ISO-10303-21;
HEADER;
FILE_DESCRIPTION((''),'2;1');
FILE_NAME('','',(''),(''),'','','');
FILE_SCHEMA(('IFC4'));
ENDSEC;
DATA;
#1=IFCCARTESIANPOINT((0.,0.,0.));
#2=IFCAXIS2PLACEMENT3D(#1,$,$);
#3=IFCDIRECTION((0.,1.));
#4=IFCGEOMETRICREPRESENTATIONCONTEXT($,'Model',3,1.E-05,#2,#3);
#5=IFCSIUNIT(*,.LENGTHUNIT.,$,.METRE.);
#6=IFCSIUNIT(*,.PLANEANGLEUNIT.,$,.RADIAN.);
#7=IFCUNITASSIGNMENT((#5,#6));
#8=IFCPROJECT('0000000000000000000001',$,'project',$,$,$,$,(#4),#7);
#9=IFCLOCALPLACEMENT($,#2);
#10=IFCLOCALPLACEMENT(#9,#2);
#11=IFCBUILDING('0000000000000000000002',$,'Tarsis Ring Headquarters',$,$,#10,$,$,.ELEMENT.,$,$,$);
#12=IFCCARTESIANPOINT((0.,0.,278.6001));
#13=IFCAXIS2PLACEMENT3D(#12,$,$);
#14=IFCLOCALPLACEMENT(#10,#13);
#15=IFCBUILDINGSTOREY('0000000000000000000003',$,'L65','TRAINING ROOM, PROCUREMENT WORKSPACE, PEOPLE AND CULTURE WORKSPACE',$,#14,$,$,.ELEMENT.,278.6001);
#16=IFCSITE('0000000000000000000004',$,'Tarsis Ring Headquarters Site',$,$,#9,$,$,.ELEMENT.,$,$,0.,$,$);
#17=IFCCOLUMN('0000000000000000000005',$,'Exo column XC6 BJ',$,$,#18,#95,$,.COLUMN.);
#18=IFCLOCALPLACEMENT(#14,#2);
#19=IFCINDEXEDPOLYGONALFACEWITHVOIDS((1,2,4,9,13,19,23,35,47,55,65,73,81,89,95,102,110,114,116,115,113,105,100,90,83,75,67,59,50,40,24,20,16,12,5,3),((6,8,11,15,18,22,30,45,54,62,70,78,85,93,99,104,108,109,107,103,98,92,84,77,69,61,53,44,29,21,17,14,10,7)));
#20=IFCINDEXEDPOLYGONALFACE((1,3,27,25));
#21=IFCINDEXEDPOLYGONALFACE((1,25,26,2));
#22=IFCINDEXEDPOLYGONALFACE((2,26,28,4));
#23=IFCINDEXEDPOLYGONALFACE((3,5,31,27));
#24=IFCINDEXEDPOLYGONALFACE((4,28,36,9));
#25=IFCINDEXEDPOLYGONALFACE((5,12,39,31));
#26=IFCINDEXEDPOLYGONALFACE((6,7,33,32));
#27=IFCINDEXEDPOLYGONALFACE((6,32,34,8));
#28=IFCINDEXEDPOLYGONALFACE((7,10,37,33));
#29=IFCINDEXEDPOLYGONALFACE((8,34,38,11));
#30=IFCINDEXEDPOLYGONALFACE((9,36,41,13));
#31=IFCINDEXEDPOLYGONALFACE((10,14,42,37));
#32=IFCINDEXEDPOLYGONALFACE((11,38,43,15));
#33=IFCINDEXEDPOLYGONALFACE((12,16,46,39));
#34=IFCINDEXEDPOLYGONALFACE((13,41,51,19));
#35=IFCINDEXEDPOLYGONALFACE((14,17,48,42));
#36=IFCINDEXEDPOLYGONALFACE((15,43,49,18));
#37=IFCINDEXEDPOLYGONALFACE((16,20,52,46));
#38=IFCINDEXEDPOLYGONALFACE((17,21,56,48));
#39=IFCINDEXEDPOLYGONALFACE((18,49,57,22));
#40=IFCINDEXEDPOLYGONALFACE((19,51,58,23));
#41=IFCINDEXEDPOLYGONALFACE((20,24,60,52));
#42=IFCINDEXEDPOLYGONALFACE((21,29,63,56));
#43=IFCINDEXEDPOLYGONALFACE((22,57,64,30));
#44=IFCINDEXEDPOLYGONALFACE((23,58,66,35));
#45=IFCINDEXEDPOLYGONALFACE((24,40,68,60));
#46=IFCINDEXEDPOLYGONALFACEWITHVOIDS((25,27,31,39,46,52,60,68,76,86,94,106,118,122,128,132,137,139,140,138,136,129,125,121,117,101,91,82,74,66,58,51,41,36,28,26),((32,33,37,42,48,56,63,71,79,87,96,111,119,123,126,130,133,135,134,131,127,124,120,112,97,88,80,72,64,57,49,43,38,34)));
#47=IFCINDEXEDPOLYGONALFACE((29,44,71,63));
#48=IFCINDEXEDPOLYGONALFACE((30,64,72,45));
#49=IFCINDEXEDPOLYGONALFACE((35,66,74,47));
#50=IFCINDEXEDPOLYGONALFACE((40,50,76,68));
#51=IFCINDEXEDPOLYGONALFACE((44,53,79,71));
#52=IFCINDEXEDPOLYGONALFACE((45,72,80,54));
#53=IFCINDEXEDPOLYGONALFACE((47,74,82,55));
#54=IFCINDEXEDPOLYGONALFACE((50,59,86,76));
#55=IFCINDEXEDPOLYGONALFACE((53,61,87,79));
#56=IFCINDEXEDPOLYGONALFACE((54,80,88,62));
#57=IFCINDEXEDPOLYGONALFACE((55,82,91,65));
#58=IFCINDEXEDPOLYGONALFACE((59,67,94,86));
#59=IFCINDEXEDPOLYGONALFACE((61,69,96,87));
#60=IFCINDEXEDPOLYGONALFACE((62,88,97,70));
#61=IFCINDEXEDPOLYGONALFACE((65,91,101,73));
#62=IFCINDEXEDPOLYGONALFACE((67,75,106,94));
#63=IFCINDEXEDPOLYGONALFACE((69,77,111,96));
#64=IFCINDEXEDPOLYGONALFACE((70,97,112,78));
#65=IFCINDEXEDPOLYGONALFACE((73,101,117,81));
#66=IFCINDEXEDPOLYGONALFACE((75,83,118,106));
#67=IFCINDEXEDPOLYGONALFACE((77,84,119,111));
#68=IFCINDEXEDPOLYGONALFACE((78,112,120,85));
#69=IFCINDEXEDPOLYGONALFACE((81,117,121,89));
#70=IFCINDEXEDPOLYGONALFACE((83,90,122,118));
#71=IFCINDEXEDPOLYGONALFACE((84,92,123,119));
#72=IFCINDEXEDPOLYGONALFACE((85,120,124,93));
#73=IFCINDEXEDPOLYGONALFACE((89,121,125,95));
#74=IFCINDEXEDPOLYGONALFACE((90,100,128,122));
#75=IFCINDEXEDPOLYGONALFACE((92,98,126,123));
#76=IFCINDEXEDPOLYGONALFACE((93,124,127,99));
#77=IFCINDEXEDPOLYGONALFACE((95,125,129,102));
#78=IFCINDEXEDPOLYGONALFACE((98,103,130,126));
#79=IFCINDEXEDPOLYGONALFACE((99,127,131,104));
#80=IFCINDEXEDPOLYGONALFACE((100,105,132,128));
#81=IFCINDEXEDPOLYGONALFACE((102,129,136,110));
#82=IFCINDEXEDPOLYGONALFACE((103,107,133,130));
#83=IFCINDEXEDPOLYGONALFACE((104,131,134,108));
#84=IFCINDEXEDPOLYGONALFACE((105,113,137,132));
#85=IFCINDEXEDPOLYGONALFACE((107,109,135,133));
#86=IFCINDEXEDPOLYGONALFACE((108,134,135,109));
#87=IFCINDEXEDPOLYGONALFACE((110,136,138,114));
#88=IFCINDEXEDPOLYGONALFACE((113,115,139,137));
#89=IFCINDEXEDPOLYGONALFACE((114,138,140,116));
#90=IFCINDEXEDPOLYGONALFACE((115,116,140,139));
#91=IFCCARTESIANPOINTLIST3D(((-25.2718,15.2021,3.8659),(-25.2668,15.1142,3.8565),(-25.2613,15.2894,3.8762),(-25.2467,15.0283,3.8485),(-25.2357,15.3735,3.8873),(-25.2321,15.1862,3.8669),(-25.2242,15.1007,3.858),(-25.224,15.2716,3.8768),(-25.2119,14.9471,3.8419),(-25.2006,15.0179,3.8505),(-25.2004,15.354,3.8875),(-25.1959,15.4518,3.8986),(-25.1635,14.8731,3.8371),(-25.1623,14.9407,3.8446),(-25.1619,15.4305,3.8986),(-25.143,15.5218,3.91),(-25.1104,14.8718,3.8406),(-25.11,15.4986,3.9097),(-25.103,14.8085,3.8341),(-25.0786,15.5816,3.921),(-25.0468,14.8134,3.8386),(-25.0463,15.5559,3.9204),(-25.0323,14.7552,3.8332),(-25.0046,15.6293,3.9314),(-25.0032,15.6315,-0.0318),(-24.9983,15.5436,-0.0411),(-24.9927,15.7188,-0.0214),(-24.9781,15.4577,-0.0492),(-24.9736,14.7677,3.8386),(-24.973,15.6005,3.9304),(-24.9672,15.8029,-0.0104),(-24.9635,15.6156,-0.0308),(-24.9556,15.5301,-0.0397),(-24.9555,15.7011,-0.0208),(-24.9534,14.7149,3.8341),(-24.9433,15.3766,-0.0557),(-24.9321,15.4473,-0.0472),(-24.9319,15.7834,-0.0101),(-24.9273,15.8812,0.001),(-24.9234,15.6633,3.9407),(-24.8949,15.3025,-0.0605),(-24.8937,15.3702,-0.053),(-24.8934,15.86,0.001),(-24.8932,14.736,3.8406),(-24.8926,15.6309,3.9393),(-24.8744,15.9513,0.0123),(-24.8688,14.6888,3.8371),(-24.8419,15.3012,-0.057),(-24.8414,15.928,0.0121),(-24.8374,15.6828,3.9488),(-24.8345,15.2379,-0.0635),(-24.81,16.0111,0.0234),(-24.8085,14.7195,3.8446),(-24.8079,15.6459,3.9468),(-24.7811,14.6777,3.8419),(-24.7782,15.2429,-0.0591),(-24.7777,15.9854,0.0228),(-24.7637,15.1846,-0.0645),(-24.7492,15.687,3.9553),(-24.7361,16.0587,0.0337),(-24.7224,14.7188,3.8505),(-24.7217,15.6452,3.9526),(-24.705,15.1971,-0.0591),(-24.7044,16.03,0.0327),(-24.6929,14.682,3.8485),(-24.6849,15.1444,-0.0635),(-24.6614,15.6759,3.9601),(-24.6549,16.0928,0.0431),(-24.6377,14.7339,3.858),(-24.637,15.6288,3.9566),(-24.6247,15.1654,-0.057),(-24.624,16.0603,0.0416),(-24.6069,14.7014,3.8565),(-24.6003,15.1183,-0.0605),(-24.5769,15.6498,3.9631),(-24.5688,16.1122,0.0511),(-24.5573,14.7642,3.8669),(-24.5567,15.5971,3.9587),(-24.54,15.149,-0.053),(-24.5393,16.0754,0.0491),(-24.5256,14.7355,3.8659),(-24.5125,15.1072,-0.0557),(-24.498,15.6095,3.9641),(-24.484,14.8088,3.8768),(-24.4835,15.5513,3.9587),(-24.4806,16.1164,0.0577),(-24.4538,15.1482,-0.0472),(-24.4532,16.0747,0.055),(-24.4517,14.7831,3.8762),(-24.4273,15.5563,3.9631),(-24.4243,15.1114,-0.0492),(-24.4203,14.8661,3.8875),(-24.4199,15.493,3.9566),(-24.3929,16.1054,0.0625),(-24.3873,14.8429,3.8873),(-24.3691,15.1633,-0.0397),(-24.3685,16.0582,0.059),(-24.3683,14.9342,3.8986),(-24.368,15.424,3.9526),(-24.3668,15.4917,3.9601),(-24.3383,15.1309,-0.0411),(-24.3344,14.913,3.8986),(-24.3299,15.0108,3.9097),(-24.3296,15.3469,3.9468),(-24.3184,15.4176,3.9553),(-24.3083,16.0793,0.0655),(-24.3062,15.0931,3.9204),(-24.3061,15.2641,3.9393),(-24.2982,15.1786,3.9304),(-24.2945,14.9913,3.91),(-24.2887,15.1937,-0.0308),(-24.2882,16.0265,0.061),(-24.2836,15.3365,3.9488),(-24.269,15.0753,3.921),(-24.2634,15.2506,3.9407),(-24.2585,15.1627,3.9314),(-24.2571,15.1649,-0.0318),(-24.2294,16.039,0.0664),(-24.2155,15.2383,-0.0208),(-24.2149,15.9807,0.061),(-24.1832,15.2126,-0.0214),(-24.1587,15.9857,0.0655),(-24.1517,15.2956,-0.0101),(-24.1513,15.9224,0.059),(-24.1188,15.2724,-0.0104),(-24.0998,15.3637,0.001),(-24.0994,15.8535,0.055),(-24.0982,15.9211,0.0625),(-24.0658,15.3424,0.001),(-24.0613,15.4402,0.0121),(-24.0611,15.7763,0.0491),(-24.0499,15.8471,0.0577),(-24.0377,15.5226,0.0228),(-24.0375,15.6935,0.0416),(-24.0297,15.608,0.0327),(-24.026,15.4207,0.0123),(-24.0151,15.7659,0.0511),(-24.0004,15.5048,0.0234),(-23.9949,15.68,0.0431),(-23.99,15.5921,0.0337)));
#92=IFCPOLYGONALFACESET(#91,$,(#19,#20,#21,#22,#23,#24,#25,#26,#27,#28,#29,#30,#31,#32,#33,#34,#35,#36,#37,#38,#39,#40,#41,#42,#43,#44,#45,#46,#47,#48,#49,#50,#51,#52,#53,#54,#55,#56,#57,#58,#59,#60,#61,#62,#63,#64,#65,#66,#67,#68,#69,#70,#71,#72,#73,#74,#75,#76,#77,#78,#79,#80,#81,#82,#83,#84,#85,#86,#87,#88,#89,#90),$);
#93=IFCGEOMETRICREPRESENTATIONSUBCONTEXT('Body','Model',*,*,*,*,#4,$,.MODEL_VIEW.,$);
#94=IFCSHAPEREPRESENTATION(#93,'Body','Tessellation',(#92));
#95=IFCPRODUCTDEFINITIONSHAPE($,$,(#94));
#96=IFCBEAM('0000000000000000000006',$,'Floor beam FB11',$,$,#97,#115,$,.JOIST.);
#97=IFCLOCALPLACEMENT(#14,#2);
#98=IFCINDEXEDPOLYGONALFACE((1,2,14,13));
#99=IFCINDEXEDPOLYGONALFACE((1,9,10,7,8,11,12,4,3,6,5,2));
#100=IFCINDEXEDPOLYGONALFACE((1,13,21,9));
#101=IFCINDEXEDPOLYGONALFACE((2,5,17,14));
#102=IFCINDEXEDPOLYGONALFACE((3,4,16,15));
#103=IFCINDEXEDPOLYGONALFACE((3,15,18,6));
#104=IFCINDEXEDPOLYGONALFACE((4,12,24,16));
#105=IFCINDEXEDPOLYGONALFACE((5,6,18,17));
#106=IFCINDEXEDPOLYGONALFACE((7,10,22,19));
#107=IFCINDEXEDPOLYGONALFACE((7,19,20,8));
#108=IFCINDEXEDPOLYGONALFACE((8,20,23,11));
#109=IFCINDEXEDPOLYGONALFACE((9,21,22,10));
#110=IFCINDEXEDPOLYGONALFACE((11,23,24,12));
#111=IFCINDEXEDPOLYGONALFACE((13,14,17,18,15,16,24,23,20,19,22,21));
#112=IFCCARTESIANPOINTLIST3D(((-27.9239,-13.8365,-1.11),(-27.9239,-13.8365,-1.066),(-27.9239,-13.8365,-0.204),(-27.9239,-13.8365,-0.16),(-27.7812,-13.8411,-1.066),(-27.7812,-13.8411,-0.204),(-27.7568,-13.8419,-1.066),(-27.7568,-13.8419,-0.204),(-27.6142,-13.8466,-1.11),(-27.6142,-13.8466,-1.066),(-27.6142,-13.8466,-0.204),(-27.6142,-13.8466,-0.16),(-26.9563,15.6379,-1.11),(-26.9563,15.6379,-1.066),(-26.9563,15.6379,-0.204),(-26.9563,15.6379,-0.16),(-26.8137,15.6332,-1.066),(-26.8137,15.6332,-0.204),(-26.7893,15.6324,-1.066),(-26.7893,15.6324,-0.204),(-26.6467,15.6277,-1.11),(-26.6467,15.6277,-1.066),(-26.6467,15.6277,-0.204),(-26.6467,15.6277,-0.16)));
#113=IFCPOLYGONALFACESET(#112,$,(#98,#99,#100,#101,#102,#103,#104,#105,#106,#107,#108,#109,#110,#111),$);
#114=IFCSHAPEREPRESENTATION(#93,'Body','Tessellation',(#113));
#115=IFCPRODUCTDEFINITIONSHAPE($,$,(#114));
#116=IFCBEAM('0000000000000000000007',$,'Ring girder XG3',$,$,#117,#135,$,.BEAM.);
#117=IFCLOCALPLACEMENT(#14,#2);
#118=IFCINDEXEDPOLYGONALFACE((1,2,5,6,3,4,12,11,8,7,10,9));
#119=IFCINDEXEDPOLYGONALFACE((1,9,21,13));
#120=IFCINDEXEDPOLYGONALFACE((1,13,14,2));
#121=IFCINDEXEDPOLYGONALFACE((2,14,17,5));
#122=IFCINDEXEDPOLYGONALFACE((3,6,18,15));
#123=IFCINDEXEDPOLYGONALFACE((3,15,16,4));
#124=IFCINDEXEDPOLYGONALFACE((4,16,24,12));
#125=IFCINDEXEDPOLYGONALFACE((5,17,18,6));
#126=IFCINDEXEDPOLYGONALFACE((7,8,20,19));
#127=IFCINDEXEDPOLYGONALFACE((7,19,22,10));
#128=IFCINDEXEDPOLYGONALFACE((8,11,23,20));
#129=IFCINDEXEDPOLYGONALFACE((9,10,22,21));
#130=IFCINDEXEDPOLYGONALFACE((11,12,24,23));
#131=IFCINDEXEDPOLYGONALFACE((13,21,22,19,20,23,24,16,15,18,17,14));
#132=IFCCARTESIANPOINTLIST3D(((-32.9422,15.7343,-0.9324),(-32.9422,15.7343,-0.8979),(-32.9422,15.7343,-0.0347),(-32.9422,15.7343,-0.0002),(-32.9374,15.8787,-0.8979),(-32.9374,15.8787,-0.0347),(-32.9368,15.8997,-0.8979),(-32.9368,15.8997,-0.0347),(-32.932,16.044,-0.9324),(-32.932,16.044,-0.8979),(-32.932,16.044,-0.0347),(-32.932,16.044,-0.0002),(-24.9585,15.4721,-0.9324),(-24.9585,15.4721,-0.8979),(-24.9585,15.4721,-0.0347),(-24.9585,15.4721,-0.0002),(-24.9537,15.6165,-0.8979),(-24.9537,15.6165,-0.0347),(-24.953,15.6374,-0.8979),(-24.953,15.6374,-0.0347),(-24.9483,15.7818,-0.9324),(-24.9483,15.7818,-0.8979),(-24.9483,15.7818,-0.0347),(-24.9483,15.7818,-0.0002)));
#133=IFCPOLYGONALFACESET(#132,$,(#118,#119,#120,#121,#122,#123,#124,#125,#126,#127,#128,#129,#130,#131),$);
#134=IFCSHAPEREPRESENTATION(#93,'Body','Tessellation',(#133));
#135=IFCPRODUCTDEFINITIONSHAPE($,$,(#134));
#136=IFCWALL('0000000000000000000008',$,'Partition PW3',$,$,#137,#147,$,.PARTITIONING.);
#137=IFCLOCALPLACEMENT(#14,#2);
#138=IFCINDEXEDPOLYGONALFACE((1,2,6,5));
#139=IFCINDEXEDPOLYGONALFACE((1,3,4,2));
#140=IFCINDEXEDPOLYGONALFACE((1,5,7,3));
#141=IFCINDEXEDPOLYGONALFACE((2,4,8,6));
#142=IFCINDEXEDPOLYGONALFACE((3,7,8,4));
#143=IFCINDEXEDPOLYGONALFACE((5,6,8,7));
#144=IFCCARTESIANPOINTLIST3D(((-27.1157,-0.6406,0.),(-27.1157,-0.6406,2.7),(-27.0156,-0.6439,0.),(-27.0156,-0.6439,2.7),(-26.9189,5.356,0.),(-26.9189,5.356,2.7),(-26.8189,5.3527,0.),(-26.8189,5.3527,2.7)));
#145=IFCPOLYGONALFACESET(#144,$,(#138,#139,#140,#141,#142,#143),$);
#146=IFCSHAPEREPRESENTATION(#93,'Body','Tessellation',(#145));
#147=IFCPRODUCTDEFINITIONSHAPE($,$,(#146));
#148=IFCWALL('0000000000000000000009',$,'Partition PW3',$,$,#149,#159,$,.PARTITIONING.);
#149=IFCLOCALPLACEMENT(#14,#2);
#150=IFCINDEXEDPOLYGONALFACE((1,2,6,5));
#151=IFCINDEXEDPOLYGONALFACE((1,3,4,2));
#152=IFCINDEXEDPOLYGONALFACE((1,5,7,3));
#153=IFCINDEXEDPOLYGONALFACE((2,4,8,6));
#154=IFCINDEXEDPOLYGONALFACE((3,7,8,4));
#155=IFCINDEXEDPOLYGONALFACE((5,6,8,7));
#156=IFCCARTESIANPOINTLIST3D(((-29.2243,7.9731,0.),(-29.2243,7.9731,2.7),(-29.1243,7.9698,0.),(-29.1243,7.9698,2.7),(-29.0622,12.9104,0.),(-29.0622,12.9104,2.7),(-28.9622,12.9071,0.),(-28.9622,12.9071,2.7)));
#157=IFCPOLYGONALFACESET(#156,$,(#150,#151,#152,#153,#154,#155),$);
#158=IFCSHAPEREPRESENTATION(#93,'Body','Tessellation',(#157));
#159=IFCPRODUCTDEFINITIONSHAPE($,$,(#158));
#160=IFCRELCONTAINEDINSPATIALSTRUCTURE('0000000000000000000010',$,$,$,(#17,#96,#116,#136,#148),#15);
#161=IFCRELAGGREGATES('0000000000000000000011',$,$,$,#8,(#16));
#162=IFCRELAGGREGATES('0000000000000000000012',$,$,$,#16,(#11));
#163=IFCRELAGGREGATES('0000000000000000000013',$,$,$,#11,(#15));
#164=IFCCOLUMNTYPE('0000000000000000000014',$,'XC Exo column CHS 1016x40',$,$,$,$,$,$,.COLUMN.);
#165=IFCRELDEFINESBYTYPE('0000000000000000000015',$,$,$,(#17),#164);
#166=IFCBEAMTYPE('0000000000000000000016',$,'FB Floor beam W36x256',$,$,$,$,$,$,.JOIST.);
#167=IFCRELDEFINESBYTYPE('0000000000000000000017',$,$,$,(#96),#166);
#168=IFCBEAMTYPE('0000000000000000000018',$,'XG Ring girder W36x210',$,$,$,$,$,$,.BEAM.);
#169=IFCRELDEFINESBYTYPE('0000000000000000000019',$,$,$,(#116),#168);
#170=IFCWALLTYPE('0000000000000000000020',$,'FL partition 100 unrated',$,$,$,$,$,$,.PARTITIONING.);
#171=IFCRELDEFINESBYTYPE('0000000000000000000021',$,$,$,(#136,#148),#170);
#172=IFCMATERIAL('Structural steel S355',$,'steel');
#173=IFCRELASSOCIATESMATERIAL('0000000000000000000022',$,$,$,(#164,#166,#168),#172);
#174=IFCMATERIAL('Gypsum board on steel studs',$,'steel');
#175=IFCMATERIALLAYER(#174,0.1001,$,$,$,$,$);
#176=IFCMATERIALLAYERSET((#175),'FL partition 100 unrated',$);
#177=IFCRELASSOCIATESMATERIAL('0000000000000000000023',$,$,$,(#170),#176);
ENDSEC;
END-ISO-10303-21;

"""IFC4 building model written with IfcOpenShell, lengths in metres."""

from ifc_helpers import new_model, si_unit, direction, frame, frame_2d, origin, origin_2d, place, context, subcontext, project, spatial, rectangle, hollow_circle, i_section, extrude, material, layer, layer_set, material_profile, profile_set, type_object, element, save


model = new_model("IFC4")

# Units and contexts
model_context = context("Model", 3, precision=1e-05, world=origin(), true_north=direction((0.0, 1.0)))
body_context = subcontext(model_context, "Body", "Model", "MODEL_VIEW")
ifc_project = project(units=[si_unit("LENGTHUNIT", "METRE"), si_unit("PLANEANGLEUNIT", "RADIAN")], contexts=[model_context])

# Site, building, storey
site_placement = place(None, origin())
site = spatial("IfcSite", under=ifc_project, at=site_placement, Name="Tarsis Ring Headquarters Site", CompositionType="ELEMENT", RefElevation=0.0)
building_placement = place(site_placement, origin())
building = spatial("IfcBuilding", under=site, at=building_placement, Name="Tarsis Ring Headquarters", CompositionType="ELEMENT")
storey_placement = place(building_placement, frame((0.0, 0.0, 278.6001)))
storey = spatial("IfcBuildingStorey", under=building, at=storey_placement, Name="L65", Description="TRAINING ROOM, PROCUREMENT WORKSPACE, PEOPLE AND CULTURE WORKSPACE", CompositionType="ELEMENT", Elevation=278.6001)

# Column
ifc_material_1 = material(Name="Structural steel S355", Category="steel")
ifc_material_profile_1 = material_profile(ifc_material_1, hollow_circle(Radius=0.5081, WallThickness=0.04, at=origin_2d()), Name="CHS 1016x40")
ifc_profile_set_1 = profile_set([ifc_material_profile_1], Name="Structural steel S355")
column_type = type_object("IfcColumnType", Name="XC Exo column CHS 1016x40", PredefinedType="COLUMN", material=ifc_profile_set_1)
column_placement = place(storey_placement, frame((-24.4966, 15.6118, 0.001), z_axis=(-0.068326, -0.10926, 0.991662), x_axis=(0.847863, -0.530216, 0.0)))
element("IfcColumn", 1, at=column_placement, inside=storey, type_object=column_type, Name="Exo column XC6 BJ", PredefinedType="COLUMN", context=body_context, shape_type="SweptSolid", body=[
    extrude(hollow_circle(Radius=0.5081, WallThickness=0.04, at=origin_2d()), origin(), (0.0, 0.0, 1.0), 3.9304),
])

# Beams
ifc_material_profile_2 = material_profile(ifc_material_1, i_section(OverallWidth=0.3098, OverallDepth=0.95, WebThickness=0.0244, FlangeThickness=0.0439, at=origin_2d()), Name="W36x256")
ifc_profile_set_2 = profile_set([ifc_material_profile_2], Name="Structural steel S355")
beam_type_1 = type_object("IfcBeamType", Name="FB Floor beam W36x256", PredefinedType="JOIST", material=ifc_profile_set_2)
beam_1_placement = place(storey_placement, frame((-26.8015, 15.6328, -0.635), z_axis=(-0.032808, -0.999462, 0.0), x_axis=(0.999462, -0.032808, 0.0)))
element("IfcBeam", 2, at=beam_1_placement, inside=storey, type_object=beam_type_1, Name="Floor beam FB11", PredefinedType="JOIST", context=body_context, shape_type="SweptSolid", body=[
    extrude(i_section(OverallWidth=0.3098, OverallDepth=0.95, WebThickness=0.0244, FlangeThickness=0.0439, at=origin_2d()), origin(), (0.0, 0.0, 1.0), 29.4902),
])
ifc_material_profile_3 = material_profile(ifc_material_1, i_section(OverallWidth=0.3098, OverallDepth=0.9321, WebThickness=0.021, FlangeThickness=0.0344, at=origin_2d()), Name="W36x210")
ifc_profile_set_3 = profile_set([ifc_material_profile_3], Name="Structural steel S355")
beam_type_2 = type_object("IfcBeamType", Name="XG Ring girder W36x210", PredefinedType="BEAM", material=ifc_profile_set_3)
beam_2_placement = place(storey_placement, frame((-24.9534, 15.627, -0.4663), z_axis=(-0.999461, 0.032825, 0.0), x_axis=(-0.032825, -0.999461, 0.0)))
element("IfcBeam", 3, at=beam_2_placement, inside=storey, type_object=beam_type_2, Name="Ring girder XG3", PredefinedType="BEAM", context=body_context, shape_type="SweptSolid", body=[
    extrude(i_section(OverallWidth=0.3098, OverallDepth=0.9321, WebThickness=0.021, FlangeThickness=0.0344, at=origin_2d()), origin(), (0.0, 0.0, 1.0), 7.988),
])

# Walls
ifc_material_2 = material(Name="Gypsum board on steel studs", Category="steel")
ifc_layer_1 = layer(ifc_material_2, 0.1001)
ifc_layer_set_1 = layer_set([ifc_layer_1], Name="FL partition 100 unrated")
wall_type_1 = type_object("IfcWallType", Name="FL partition 100 unrated", PredefinedType="PARTITIONING", material=ifc_layer_set_1)
wall_1_placement = place(storey_placement, frame((-27.0657, -0.6423, 0.0), z_axis=(0.0, 0.0, 1.0), x_axis=(0.032797, 0.999462, 0.0)))
element("IfcWall", 4, at=wall_1_placement, inside=storey, type_object=wall_type_1, Name="Partition PW3", PredefinedType="PARTITIONING", context=body_context, shape_type="SweptSolid", body=[
    extrude(rectangle(XDim=5.9998, YDim=0.1001, at=frame_2d((3.0, 0.0))), origin(), (0.0, 0.0, 1.0), 2.7),
])
wall_2_placement = place(storey_placement, frame((-29.1743, 7.9714, 0.0), z_axis=(0.0, 0.0, 1.0), x_axis=(0.032816, 0.999461, 0.0)))
element("IfcWall", 5, at=wall_2_placement, inside=storey, type_object=wall_type_1, Name="Partition PW3", PredefinedType="PARTITIONING", context=body_context, shape_type="SweptSolid", body=[
    extrude(rectangle(XDim=4.9399, YDim=0.1001, at=frame_2d((2.47, 0.0))), origin(), (0.0, 0.0, 1.0), 2.7),
])

save(model, "model.ifc")
